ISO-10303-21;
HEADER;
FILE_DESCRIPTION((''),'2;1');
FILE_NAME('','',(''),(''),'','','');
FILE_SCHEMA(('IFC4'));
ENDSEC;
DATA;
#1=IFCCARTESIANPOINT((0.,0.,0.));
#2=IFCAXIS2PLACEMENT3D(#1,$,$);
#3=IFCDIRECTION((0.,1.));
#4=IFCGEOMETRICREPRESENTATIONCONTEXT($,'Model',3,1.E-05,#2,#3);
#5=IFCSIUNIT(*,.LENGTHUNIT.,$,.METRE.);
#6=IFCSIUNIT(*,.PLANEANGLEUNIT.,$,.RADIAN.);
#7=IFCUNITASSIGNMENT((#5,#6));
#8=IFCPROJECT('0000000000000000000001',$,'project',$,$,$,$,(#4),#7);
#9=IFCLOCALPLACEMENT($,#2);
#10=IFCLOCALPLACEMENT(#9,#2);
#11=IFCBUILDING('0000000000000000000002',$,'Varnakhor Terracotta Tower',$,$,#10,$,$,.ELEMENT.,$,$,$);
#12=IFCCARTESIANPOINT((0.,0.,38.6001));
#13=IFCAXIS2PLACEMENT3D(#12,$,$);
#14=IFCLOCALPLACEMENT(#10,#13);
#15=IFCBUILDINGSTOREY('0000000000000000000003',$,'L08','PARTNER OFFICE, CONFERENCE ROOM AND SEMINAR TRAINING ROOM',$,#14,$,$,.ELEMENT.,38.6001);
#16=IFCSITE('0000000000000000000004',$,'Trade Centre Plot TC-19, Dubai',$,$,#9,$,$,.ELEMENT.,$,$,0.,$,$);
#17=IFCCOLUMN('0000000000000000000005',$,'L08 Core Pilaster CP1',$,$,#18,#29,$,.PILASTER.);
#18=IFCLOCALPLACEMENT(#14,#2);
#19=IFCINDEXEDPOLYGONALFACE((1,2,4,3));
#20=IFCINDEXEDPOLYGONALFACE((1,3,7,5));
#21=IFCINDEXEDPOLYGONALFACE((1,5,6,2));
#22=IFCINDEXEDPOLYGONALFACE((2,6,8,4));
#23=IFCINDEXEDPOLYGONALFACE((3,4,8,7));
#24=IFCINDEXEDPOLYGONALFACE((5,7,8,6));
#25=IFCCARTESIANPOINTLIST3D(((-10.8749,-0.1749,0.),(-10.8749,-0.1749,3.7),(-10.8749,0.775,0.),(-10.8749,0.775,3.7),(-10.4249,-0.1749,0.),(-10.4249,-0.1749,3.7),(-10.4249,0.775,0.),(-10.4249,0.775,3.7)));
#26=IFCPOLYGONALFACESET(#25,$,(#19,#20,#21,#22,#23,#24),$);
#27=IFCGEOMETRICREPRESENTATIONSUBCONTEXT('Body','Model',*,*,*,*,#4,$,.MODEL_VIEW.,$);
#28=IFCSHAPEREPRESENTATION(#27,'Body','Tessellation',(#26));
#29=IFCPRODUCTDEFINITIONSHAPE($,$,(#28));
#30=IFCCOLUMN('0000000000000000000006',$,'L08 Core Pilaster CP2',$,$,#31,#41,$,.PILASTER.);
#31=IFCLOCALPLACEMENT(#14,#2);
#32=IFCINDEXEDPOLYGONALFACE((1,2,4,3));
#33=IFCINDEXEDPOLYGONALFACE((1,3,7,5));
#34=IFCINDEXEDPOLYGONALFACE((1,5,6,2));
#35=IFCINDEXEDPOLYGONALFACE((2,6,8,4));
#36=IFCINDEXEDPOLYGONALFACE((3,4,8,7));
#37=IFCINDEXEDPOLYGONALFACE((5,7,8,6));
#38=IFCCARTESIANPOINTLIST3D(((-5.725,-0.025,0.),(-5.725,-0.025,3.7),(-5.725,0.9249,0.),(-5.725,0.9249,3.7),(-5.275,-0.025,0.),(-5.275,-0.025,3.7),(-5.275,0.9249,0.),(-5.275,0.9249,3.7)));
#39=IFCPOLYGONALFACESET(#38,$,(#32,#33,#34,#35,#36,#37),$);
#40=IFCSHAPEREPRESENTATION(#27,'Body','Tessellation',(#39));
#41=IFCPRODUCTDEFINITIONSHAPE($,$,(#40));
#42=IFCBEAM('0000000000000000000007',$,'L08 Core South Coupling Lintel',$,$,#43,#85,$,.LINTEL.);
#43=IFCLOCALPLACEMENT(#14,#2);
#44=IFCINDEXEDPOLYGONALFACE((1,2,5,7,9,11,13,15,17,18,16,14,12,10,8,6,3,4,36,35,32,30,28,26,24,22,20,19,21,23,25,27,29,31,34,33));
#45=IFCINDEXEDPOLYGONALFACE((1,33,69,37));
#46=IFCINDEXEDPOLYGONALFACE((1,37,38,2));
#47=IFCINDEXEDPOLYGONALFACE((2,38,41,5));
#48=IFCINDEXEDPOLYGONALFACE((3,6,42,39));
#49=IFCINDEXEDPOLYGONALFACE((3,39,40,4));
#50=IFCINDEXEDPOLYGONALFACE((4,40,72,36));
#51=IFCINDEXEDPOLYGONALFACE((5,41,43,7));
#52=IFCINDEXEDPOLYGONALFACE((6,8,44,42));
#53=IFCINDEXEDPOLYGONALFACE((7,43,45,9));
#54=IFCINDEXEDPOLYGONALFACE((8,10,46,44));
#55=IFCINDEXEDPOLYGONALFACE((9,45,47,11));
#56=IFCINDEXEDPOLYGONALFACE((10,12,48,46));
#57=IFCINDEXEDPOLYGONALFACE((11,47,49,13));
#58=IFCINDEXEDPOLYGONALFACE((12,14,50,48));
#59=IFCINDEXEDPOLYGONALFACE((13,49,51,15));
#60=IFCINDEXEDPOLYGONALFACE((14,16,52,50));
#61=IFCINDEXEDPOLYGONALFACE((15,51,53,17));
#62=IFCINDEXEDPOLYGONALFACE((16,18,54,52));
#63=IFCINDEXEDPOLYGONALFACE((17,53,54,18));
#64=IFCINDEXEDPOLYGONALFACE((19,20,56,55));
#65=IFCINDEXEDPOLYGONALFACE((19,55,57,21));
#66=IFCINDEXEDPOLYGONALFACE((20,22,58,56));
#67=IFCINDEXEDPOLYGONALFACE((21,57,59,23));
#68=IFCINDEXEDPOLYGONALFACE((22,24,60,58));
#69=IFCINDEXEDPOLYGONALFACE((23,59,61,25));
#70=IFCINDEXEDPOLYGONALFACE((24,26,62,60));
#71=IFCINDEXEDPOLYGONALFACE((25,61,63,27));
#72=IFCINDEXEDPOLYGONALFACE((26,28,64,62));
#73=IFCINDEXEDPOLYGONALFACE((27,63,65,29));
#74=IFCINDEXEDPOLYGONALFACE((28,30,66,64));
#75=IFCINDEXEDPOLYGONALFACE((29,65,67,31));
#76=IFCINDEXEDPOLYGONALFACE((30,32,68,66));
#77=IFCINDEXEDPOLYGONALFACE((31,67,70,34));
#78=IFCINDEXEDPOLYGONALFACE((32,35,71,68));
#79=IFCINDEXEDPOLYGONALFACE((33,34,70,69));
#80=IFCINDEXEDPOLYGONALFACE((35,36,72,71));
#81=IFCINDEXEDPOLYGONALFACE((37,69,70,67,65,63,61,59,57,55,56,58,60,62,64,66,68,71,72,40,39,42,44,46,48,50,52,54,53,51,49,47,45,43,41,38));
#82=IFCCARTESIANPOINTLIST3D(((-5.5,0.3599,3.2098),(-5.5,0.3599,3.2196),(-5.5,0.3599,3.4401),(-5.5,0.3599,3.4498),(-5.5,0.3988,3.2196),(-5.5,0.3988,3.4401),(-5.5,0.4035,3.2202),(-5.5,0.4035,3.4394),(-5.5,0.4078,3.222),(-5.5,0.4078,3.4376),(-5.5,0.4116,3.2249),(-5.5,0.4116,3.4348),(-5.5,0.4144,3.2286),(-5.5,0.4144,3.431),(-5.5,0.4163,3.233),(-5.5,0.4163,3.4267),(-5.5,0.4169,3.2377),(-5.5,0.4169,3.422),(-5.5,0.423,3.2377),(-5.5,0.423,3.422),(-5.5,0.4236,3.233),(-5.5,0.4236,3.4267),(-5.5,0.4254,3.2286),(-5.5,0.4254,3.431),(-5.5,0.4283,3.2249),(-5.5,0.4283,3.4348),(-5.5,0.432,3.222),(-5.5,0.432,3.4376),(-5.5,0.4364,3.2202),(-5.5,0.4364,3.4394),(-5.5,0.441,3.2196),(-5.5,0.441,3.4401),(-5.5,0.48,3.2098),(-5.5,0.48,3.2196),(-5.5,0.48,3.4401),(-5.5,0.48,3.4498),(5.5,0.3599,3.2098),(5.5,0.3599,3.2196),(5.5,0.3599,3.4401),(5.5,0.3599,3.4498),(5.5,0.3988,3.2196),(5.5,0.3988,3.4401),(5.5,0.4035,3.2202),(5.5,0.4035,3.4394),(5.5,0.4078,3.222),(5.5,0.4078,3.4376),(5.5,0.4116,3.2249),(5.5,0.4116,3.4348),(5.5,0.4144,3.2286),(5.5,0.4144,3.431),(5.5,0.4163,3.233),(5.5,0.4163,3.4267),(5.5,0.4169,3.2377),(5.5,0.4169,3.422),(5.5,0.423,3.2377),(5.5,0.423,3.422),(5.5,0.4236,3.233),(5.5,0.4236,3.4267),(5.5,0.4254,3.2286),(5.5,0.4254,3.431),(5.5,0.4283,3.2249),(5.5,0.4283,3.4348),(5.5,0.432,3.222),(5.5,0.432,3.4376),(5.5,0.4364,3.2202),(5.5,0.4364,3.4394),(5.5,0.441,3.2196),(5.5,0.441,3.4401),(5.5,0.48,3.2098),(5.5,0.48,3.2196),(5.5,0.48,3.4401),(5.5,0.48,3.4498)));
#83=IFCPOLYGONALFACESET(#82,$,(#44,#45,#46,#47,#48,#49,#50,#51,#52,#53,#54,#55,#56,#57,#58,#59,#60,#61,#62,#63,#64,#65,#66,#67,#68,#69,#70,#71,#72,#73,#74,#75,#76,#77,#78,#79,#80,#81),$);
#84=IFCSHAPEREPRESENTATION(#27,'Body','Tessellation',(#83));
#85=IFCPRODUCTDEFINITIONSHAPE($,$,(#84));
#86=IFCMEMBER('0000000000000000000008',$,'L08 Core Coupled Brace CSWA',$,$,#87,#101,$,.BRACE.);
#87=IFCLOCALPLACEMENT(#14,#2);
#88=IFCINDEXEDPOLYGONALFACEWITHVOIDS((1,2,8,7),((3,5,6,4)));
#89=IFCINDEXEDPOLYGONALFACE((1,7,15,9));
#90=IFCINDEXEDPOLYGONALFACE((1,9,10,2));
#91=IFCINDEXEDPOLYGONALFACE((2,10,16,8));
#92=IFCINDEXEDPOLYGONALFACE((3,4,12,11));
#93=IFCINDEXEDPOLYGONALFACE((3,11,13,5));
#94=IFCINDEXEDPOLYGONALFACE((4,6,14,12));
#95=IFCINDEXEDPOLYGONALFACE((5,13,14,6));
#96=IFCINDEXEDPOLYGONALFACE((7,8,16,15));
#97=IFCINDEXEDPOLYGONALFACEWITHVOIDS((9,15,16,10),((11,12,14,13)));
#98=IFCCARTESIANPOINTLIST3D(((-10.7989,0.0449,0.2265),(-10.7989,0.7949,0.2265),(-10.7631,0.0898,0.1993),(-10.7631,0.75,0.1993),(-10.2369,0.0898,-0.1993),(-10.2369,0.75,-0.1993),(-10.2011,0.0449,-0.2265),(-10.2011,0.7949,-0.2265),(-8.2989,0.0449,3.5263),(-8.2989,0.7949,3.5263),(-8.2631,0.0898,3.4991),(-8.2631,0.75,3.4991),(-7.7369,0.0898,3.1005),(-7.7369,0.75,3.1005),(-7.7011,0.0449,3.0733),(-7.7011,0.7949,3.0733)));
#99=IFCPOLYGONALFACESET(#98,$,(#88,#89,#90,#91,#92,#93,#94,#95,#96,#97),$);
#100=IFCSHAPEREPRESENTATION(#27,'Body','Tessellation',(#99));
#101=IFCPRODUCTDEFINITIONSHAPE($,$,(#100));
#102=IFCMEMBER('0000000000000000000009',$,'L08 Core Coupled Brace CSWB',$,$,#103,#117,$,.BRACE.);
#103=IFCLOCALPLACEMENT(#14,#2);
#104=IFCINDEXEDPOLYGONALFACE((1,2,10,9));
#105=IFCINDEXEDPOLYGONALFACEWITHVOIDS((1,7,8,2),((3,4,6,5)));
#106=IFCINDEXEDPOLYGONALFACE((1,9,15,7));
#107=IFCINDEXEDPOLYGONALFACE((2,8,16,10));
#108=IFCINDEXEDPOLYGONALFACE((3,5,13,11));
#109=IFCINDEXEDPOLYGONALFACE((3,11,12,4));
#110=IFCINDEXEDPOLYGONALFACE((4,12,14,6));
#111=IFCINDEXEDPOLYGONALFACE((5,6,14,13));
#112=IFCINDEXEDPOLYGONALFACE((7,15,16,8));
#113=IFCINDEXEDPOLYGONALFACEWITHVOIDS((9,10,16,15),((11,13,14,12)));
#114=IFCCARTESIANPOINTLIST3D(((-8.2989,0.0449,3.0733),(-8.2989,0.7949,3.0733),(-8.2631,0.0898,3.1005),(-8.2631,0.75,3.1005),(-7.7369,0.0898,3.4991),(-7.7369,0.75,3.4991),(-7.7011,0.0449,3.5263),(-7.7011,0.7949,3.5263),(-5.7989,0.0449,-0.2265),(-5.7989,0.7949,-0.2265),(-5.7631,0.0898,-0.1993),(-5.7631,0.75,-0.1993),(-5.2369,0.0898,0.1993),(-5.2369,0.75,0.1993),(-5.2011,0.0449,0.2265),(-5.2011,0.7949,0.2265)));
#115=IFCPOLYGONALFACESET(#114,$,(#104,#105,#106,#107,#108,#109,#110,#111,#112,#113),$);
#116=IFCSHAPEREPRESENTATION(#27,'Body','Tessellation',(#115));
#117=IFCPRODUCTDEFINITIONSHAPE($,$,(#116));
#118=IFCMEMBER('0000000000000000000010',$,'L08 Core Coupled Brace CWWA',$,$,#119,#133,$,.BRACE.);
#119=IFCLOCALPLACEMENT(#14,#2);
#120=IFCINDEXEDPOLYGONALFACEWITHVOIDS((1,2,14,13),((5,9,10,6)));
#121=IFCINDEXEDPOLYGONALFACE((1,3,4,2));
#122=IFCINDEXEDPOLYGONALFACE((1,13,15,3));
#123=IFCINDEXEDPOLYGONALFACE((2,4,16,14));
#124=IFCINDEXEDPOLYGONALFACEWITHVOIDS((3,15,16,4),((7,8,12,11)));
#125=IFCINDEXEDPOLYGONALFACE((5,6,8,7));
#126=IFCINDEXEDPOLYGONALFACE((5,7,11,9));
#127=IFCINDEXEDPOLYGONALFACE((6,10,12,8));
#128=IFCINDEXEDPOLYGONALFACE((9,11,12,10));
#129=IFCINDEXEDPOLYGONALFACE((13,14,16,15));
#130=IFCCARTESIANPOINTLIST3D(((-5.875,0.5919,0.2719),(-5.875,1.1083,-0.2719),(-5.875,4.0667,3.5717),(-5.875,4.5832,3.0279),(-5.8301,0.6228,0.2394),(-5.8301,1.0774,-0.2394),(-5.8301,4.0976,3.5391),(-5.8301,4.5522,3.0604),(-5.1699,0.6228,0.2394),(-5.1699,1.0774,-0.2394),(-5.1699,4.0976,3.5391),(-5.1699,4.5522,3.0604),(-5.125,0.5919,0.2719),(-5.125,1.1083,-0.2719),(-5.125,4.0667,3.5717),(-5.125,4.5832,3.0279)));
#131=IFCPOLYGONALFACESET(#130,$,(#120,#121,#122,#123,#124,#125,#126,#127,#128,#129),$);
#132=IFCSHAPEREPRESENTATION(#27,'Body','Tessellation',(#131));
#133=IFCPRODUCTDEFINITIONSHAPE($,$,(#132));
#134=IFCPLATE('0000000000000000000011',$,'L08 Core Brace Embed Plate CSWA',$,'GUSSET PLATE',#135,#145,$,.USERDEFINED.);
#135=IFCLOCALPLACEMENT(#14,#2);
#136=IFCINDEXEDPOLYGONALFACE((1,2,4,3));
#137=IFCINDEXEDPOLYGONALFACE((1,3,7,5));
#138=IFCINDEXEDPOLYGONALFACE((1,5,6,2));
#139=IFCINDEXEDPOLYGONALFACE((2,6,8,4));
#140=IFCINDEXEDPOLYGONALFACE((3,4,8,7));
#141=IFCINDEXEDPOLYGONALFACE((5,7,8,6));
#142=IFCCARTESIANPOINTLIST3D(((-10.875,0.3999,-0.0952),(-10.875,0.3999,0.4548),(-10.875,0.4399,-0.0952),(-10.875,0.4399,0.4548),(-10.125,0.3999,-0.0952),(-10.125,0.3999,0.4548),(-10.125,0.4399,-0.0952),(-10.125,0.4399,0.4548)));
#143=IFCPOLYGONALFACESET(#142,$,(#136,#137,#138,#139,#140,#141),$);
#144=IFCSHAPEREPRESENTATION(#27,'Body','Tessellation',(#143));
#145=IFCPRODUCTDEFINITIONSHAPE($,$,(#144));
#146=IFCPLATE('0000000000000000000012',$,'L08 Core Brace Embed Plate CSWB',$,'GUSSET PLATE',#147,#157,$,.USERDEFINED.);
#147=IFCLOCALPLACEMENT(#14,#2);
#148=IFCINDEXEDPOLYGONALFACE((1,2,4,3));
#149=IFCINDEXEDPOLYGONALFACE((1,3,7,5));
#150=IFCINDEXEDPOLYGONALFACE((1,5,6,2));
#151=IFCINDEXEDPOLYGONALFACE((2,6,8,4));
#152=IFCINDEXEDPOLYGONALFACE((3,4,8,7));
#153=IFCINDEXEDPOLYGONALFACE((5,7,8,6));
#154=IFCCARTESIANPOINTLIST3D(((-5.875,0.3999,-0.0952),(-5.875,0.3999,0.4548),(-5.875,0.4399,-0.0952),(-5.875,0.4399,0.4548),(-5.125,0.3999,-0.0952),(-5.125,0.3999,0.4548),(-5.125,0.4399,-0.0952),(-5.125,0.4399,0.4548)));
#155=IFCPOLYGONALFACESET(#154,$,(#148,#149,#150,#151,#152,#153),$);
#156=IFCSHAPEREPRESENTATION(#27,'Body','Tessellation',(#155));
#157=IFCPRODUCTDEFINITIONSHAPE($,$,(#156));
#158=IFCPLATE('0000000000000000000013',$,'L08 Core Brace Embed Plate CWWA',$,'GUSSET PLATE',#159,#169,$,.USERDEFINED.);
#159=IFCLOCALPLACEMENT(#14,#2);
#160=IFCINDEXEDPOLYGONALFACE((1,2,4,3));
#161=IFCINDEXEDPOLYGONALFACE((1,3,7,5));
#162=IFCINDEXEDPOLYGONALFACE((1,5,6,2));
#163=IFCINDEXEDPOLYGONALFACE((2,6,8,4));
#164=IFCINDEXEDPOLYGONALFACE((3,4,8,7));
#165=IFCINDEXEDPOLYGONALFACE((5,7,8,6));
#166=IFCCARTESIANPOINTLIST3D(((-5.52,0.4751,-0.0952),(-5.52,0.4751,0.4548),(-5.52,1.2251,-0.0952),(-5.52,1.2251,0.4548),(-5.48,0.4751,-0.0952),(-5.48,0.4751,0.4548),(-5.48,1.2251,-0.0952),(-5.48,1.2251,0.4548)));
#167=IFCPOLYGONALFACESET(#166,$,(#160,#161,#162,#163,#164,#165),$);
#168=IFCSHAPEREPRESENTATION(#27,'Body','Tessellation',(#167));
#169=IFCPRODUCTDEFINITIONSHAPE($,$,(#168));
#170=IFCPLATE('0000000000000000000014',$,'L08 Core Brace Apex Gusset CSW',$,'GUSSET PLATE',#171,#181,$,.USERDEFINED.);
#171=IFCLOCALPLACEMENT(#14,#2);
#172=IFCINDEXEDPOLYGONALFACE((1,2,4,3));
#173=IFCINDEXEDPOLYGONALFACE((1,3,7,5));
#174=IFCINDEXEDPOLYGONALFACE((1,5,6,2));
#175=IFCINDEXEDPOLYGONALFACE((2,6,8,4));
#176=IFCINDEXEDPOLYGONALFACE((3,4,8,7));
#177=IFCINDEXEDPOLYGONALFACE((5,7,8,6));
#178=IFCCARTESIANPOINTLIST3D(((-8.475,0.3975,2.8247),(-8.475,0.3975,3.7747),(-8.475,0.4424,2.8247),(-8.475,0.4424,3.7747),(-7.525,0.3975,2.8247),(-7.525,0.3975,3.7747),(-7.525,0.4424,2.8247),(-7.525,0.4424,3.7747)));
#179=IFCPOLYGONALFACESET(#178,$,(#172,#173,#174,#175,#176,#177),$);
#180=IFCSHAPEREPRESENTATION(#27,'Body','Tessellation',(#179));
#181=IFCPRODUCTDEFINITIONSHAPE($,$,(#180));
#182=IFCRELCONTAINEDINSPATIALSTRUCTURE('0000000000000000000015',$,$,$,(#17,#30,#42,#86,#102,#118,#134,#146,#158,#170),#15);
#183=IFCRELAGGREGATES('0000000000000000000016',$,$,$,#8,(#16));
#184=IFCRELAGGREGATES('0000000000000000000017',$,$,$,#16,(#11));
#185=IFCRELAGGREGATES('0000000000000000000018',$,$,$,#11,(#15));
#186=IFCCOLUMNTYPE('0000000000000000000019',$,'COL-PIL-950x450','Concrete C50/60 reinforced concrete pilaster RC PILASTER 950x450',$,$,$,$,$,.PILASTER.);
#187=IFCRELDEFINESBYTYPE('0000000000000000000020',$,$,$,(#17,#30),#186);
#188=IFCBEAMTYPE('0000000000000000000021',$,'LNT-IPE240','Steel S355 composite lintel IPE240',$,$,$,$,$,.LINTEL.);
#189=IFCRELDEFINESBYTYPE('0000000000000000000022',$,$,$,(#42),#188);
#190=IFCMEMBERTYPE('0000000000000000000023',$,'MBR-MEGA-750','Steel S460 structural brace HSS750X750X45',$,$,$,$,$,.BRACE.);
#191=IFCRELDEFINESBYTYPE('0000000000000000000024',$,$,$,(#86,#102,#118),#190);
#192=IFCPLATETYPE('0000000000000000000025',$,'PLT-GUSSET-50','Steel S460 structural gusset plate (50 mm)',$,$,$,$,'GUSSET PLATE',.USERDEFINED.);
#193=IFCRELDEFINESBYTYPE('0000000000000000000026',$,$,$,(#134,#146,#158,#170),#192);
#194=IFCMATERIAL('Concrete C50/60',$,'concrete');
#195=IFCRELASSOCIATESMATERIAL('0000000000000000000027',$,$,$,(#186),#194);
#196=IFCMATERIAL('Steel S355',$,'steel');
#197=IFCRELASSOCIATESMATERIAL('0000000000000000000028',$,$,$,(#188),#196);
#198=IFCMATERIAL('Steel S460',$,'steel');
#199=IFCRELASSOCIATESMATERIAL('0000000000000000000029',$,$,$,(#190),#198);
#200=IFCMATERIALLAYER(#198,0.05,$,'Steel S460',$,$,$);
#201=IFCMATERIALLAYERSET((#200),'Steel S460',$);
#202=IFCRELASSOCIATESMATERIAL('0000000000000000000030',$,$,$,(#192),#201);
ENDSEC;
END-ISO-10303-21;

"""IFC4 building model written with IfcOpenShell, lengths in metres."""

from ifc_helpers import new_model, si_unit, direction, frame, origin, origin_2d, place, context, subcontext, project, spatial, rectangle, hollow_rectangle, i_section, extrude, source, transform, mapped, material, layer, layer_set, material_profile, profile_set, type_object, type_shapes, element, save


model = new_model("IFC4")

# Units and contexts
model_context = context("Model", 3, precision=1e-05, world=origin(), true_north=direction((0.0, 1.0)))
body_context = subcontext(model_context, "Body", "Model", "MODEL_VIEW")
ifc_project = project(units=[si_unit("LENGTHUNIT", "METRE"), si_unit("PLANEANGLEUNIT", "RADIAN")], contexts=[model_context])

# Site, building, storey
site_placement = place(None, origin())
site = spatial("IfcSite", under=ifc_project, at=site_placement, Name="Trade Centre Plot TC-19, Dubai", CompositionType="ELEMENT", RefElevation=0.0)
building_placement = place(site_placement, origin())
building = spatial("IfcBuilding", under=site, at=building_placement, Name="Varnakhor Terracotta Tower", CompositionType="ELEMENT")
storey_placement = place(building_placement, frame((0.0, 0.0, 38.6001)))
storey = spatial("IfcBuildingStorey", under=building, at=storey_placement, Name="L08", Description="PARTNER OFFICE, CONFERENCE ROOM AND SEMINAR TRAINING ROOM", CompositionType="ELEMENT", Elevation=38.6001)

# Columns
ifc_material_1 = material(Name="Concrete C50/60", Category="concrete")
ifc_material_profile_1 = material_profile(ifc_material_1, rectangle(XDim=0.45, YDim=0.95, at=origin_2d()), Name="RC PILASTER 950x450")
ifc_profile_set_1 = profile_set([ifc_material_profile_1], Name="Concrete C50/60")
column_type = type_object("IfcColumnType", Name="COL-PIL-950x450", Description="Concrete C50/60 reinforced concrete pilaster RC PILASTER 950x450", PredefinedType="PILASTER", material=ifc_profile_set_1)
shared_shape_1 = source(origin(), body_context, "Body", "SweptSolid", [
    extrude(rectangle(XDim=0.45, YDim=0.95, at=origin_2d()), origin(), (0.0, 0.0, 1.0), 3.7),
])
for number, where, z_axis, x_axis, name in (
    (1, (-10.6499, 0.3, 0.0), (0.0, 0.0, 1.0), (1.0, 0.0, 0.0), "L08 Core Pilaster CP1"),
    (2, (-5.5, 0.45, 0.0), (0.0, 0.0, 1.0), (1.0, 0.0, 0.0), "L08 Core Pilaster CP2"),
):
    element("IfcColumn", number, at=place(storey_placement, frame(where, z_axis=z_axis, x_axis=x_axis)), inside=storey, type_object=column_type, Name=name, PredefinedType="PILASTER", context=body_context, shape_type="MappedRepresentation", body=[
        mapped(shared_shape_1, transform((0.0, 0.0, 0.0), scale=1.0)),
    ])

# Beam
ifc_material_2 = material(Name="Steel S355", Category="steel")
ifc_material_profile_2 = material_profile(ifc_material_2, i_section(OverallWidth=0.1201, OverallDepth=0.24, WebThickness=0.0061, FlangeThickness=0.0098, FilletRadius=0.0181, at=origin_2d()), Name="IPE240")
ifc_profile_set_2 = profile_set([ifc_material_profile_2], Name="Steel S355")
beam_type = type_object("IfcBeamType", Name="LNT-IPE240", Description="Steel S355 composite lintel IPE240", PredefinedType="LINTEL", material=ifc_profile_set_2)
shared_shape_2 = source(origin(), body_context, "Body", "SweptSolid", [
    extrude(i_section(OverallWidth=0.1201, OverallDepth=0.24, WebThickness=0.0061, FlangeThickness=0.0098, FilletRadius=0.0181, at=origin_2d()), origin(), (0.0, 0.0, 1.0), 11.0),
])
type_shapes(beam_type, [shared_shape_2])
beam_placement = place(storey_placement, frame((-5.5, 0.4199, 3.3298), z_axis=(1.0, 0.0, 0.0), x_axis=(0.0, 1.0, 0.0)))
element("IfcBeam", 3, at=beam_placement, inside=storey, type_object=beam_type, Name="L08 Core South Coupling Lintel", PredefinedType="LINTEL", context=body_context, shape_type="MappedRepresentation", body=[
    mapped(shared_shape_2, transform((0.0, 0.0, 0.0), scale=1.0)),
])

# Members
ifc_material_3 = material(Name="Steel S460", Category="steel")
ifc_material_profile_3 = material_profile(ifc_material_3, hollow_rectangle(XDim=0.75, YDim=0.75, WallThickness=0.0449, at=origin_2d()), Name="HSS750X750X45")
ifc_profile_set_3 = profile_set([ifc_material_profile_3], Name="Steel S460")
member_type = type_object("IfcMemberType", Name="MBR-MEGA-750", Description="Steel S460 structural brace HSS750X750X45", PredefinedType="BRACE", material=ifc_profile_set_3)
shared_shape_3 = source(origin(), body_context, "Body", "SweptSolid", [
    extrude(hollow_rectangle(XDim=0.75, YDim=0.75, WallThickness=0.0449, at=origin_2d()), origin(), (0.0, 0.0, 1.0), 4.1399),
])
for number, where, z_axis, x_axis, name in (
    (4, (-10.5, 0.4199, 0.0), (0.60388, 0.0, 0.797075), (0.0, 1.0, 0.0), "L08 Core Coupled Brace CSWA"),
    (5, (-5.5, 0.4199, 0.0), (-0.60388, 0.0, 0.797075), (0.0, -1.0, 0.0), "L08 Core Coupled Brace CSWB"),
):
    element("IfcMember", number, at=place(storey_placement, frame(where, z_axis=z_axis, x_axis=x_axis)), inside=storey, type_object=member_type, Name=name, PredefinedType="BRACE", context=body_context, shape_type="MappedRepresentation", body=[
        mapped(shared_shape_3, transform((0.0, 0.0, 0.0), scale=1.0)),
    ])
shared_shape_4 = source(origin(), body_context, "Body", "SweptSolid", [
    extrude(hollow_rectangle(XDim=0.75, YDim=0.75, WallThickness=0.0449, at=origin_2d()), origin(), (0.0, 0.0, 1.0), 4.792),
])
member_placement = place(storey_placement, frame((-5.5, 0.8501, 0.0), z_axis=(0.0, 0.725136, 0.688606), x_axis=(-1.0, 0.0, 0.0)))
element("IfcMember", 6, at=member_placement, inside=storey, type_object=member_type, Name="L08 Core Coupled Brace CWWA", PredefinedType="BRACE", context=body_context, shape_type="MappedRepresentation", body=[
    mapped(shared_shape_4, transform((0.0, 0.0, 0.0), scale=1.0)),
])

# Plates
ifc_layer_1 = layer(ifc_material_3, 0.05, Name="Steel S460")
ifc_layer_set_1 = layer_set([ifc_layer_1], Name="Steel S460")
plate_type = type_object("IfcPlateType", Name="PLT-GUSSET-50", Description="Steel S460 structural gusset plate (50 mm)", ElementType="GUSSET PLATE", PredefinedType="USERDEFINED", material=ifc_layer_set_1)
shared_shape_5 = source(origin(), body_context, "Body", "SweptSolid", [
    extrude(rectangle(XDim=0.75, YDim=0.04, at=origin_2d()), origin(), (0.0, 0.0, 1.0), 0.55),
])
type_shapes(plate_type, [shared_shape_5])
for number, where, z_axis, x_axis, name in (
    (7, (-10.5, 0.4199, -0.0952), (0.0, 0.0, 1.0), (1.0, 0.0, 0.0), "L08 Core Brace Embed Plate CSWA"),
    (8, (-5.5, 0.4199, -0.0952), (0.0, 0.0, 1.0), (1.0, 0.0, 0.0), "L08 Core Brace Embed Plate CSWB"),
    (9, (-5.5, 0.8501, -0.0952), (0.0, 0.0, 1.0), (0.0, 1.0, 0.0), "L08 Core Brace Embed Plate CWWA"),
):
    element("IfcPlate", number, at=place(storey_placement, frame(where, z_axis=z_axis, x_axis=x_axis)), inside=storey, type_object=plate_type, Name=name, ObjectType="GUSSET PLATE", PredefinedType="USERDEFINED", context=body_context, shape_type="MappedRepresentation", body=[
        mapped(shared_shape_5, transform((0.0, 0.0, 0.0), scale=1.0)),
    ])
shared_shape_6 = source(origin(), body_context, "Body", "SweptSolid", [
    extrude(rectangle(XDim=0.95, YDim=0.0449, at=origin_2d()), origin(), (0.0, 0.0, 1.0), 0.95),
])
plate_placement = place(storey_placement, frame((-8.0, 0.4199, 2.8247), z_axis=(0.0, 0.0, 1.0), x_axis=(1.0, 0.0, 0.0)))
element("IfcPlate", 10, at=plate_placement, inside=storey, type_object=plate_type, Name="L08 Core Brace Apex Gusset CSW", ObjectType="GUSSET PLATE", PredefinedType="USERDEFINED", context=body_context, shape_type="MappedRepresentation", body=[
    mapped(shared_shape_6, transform((0.0, 0.0, 0.0), scale=1.0)),
])

save(model, "model.ifc")
